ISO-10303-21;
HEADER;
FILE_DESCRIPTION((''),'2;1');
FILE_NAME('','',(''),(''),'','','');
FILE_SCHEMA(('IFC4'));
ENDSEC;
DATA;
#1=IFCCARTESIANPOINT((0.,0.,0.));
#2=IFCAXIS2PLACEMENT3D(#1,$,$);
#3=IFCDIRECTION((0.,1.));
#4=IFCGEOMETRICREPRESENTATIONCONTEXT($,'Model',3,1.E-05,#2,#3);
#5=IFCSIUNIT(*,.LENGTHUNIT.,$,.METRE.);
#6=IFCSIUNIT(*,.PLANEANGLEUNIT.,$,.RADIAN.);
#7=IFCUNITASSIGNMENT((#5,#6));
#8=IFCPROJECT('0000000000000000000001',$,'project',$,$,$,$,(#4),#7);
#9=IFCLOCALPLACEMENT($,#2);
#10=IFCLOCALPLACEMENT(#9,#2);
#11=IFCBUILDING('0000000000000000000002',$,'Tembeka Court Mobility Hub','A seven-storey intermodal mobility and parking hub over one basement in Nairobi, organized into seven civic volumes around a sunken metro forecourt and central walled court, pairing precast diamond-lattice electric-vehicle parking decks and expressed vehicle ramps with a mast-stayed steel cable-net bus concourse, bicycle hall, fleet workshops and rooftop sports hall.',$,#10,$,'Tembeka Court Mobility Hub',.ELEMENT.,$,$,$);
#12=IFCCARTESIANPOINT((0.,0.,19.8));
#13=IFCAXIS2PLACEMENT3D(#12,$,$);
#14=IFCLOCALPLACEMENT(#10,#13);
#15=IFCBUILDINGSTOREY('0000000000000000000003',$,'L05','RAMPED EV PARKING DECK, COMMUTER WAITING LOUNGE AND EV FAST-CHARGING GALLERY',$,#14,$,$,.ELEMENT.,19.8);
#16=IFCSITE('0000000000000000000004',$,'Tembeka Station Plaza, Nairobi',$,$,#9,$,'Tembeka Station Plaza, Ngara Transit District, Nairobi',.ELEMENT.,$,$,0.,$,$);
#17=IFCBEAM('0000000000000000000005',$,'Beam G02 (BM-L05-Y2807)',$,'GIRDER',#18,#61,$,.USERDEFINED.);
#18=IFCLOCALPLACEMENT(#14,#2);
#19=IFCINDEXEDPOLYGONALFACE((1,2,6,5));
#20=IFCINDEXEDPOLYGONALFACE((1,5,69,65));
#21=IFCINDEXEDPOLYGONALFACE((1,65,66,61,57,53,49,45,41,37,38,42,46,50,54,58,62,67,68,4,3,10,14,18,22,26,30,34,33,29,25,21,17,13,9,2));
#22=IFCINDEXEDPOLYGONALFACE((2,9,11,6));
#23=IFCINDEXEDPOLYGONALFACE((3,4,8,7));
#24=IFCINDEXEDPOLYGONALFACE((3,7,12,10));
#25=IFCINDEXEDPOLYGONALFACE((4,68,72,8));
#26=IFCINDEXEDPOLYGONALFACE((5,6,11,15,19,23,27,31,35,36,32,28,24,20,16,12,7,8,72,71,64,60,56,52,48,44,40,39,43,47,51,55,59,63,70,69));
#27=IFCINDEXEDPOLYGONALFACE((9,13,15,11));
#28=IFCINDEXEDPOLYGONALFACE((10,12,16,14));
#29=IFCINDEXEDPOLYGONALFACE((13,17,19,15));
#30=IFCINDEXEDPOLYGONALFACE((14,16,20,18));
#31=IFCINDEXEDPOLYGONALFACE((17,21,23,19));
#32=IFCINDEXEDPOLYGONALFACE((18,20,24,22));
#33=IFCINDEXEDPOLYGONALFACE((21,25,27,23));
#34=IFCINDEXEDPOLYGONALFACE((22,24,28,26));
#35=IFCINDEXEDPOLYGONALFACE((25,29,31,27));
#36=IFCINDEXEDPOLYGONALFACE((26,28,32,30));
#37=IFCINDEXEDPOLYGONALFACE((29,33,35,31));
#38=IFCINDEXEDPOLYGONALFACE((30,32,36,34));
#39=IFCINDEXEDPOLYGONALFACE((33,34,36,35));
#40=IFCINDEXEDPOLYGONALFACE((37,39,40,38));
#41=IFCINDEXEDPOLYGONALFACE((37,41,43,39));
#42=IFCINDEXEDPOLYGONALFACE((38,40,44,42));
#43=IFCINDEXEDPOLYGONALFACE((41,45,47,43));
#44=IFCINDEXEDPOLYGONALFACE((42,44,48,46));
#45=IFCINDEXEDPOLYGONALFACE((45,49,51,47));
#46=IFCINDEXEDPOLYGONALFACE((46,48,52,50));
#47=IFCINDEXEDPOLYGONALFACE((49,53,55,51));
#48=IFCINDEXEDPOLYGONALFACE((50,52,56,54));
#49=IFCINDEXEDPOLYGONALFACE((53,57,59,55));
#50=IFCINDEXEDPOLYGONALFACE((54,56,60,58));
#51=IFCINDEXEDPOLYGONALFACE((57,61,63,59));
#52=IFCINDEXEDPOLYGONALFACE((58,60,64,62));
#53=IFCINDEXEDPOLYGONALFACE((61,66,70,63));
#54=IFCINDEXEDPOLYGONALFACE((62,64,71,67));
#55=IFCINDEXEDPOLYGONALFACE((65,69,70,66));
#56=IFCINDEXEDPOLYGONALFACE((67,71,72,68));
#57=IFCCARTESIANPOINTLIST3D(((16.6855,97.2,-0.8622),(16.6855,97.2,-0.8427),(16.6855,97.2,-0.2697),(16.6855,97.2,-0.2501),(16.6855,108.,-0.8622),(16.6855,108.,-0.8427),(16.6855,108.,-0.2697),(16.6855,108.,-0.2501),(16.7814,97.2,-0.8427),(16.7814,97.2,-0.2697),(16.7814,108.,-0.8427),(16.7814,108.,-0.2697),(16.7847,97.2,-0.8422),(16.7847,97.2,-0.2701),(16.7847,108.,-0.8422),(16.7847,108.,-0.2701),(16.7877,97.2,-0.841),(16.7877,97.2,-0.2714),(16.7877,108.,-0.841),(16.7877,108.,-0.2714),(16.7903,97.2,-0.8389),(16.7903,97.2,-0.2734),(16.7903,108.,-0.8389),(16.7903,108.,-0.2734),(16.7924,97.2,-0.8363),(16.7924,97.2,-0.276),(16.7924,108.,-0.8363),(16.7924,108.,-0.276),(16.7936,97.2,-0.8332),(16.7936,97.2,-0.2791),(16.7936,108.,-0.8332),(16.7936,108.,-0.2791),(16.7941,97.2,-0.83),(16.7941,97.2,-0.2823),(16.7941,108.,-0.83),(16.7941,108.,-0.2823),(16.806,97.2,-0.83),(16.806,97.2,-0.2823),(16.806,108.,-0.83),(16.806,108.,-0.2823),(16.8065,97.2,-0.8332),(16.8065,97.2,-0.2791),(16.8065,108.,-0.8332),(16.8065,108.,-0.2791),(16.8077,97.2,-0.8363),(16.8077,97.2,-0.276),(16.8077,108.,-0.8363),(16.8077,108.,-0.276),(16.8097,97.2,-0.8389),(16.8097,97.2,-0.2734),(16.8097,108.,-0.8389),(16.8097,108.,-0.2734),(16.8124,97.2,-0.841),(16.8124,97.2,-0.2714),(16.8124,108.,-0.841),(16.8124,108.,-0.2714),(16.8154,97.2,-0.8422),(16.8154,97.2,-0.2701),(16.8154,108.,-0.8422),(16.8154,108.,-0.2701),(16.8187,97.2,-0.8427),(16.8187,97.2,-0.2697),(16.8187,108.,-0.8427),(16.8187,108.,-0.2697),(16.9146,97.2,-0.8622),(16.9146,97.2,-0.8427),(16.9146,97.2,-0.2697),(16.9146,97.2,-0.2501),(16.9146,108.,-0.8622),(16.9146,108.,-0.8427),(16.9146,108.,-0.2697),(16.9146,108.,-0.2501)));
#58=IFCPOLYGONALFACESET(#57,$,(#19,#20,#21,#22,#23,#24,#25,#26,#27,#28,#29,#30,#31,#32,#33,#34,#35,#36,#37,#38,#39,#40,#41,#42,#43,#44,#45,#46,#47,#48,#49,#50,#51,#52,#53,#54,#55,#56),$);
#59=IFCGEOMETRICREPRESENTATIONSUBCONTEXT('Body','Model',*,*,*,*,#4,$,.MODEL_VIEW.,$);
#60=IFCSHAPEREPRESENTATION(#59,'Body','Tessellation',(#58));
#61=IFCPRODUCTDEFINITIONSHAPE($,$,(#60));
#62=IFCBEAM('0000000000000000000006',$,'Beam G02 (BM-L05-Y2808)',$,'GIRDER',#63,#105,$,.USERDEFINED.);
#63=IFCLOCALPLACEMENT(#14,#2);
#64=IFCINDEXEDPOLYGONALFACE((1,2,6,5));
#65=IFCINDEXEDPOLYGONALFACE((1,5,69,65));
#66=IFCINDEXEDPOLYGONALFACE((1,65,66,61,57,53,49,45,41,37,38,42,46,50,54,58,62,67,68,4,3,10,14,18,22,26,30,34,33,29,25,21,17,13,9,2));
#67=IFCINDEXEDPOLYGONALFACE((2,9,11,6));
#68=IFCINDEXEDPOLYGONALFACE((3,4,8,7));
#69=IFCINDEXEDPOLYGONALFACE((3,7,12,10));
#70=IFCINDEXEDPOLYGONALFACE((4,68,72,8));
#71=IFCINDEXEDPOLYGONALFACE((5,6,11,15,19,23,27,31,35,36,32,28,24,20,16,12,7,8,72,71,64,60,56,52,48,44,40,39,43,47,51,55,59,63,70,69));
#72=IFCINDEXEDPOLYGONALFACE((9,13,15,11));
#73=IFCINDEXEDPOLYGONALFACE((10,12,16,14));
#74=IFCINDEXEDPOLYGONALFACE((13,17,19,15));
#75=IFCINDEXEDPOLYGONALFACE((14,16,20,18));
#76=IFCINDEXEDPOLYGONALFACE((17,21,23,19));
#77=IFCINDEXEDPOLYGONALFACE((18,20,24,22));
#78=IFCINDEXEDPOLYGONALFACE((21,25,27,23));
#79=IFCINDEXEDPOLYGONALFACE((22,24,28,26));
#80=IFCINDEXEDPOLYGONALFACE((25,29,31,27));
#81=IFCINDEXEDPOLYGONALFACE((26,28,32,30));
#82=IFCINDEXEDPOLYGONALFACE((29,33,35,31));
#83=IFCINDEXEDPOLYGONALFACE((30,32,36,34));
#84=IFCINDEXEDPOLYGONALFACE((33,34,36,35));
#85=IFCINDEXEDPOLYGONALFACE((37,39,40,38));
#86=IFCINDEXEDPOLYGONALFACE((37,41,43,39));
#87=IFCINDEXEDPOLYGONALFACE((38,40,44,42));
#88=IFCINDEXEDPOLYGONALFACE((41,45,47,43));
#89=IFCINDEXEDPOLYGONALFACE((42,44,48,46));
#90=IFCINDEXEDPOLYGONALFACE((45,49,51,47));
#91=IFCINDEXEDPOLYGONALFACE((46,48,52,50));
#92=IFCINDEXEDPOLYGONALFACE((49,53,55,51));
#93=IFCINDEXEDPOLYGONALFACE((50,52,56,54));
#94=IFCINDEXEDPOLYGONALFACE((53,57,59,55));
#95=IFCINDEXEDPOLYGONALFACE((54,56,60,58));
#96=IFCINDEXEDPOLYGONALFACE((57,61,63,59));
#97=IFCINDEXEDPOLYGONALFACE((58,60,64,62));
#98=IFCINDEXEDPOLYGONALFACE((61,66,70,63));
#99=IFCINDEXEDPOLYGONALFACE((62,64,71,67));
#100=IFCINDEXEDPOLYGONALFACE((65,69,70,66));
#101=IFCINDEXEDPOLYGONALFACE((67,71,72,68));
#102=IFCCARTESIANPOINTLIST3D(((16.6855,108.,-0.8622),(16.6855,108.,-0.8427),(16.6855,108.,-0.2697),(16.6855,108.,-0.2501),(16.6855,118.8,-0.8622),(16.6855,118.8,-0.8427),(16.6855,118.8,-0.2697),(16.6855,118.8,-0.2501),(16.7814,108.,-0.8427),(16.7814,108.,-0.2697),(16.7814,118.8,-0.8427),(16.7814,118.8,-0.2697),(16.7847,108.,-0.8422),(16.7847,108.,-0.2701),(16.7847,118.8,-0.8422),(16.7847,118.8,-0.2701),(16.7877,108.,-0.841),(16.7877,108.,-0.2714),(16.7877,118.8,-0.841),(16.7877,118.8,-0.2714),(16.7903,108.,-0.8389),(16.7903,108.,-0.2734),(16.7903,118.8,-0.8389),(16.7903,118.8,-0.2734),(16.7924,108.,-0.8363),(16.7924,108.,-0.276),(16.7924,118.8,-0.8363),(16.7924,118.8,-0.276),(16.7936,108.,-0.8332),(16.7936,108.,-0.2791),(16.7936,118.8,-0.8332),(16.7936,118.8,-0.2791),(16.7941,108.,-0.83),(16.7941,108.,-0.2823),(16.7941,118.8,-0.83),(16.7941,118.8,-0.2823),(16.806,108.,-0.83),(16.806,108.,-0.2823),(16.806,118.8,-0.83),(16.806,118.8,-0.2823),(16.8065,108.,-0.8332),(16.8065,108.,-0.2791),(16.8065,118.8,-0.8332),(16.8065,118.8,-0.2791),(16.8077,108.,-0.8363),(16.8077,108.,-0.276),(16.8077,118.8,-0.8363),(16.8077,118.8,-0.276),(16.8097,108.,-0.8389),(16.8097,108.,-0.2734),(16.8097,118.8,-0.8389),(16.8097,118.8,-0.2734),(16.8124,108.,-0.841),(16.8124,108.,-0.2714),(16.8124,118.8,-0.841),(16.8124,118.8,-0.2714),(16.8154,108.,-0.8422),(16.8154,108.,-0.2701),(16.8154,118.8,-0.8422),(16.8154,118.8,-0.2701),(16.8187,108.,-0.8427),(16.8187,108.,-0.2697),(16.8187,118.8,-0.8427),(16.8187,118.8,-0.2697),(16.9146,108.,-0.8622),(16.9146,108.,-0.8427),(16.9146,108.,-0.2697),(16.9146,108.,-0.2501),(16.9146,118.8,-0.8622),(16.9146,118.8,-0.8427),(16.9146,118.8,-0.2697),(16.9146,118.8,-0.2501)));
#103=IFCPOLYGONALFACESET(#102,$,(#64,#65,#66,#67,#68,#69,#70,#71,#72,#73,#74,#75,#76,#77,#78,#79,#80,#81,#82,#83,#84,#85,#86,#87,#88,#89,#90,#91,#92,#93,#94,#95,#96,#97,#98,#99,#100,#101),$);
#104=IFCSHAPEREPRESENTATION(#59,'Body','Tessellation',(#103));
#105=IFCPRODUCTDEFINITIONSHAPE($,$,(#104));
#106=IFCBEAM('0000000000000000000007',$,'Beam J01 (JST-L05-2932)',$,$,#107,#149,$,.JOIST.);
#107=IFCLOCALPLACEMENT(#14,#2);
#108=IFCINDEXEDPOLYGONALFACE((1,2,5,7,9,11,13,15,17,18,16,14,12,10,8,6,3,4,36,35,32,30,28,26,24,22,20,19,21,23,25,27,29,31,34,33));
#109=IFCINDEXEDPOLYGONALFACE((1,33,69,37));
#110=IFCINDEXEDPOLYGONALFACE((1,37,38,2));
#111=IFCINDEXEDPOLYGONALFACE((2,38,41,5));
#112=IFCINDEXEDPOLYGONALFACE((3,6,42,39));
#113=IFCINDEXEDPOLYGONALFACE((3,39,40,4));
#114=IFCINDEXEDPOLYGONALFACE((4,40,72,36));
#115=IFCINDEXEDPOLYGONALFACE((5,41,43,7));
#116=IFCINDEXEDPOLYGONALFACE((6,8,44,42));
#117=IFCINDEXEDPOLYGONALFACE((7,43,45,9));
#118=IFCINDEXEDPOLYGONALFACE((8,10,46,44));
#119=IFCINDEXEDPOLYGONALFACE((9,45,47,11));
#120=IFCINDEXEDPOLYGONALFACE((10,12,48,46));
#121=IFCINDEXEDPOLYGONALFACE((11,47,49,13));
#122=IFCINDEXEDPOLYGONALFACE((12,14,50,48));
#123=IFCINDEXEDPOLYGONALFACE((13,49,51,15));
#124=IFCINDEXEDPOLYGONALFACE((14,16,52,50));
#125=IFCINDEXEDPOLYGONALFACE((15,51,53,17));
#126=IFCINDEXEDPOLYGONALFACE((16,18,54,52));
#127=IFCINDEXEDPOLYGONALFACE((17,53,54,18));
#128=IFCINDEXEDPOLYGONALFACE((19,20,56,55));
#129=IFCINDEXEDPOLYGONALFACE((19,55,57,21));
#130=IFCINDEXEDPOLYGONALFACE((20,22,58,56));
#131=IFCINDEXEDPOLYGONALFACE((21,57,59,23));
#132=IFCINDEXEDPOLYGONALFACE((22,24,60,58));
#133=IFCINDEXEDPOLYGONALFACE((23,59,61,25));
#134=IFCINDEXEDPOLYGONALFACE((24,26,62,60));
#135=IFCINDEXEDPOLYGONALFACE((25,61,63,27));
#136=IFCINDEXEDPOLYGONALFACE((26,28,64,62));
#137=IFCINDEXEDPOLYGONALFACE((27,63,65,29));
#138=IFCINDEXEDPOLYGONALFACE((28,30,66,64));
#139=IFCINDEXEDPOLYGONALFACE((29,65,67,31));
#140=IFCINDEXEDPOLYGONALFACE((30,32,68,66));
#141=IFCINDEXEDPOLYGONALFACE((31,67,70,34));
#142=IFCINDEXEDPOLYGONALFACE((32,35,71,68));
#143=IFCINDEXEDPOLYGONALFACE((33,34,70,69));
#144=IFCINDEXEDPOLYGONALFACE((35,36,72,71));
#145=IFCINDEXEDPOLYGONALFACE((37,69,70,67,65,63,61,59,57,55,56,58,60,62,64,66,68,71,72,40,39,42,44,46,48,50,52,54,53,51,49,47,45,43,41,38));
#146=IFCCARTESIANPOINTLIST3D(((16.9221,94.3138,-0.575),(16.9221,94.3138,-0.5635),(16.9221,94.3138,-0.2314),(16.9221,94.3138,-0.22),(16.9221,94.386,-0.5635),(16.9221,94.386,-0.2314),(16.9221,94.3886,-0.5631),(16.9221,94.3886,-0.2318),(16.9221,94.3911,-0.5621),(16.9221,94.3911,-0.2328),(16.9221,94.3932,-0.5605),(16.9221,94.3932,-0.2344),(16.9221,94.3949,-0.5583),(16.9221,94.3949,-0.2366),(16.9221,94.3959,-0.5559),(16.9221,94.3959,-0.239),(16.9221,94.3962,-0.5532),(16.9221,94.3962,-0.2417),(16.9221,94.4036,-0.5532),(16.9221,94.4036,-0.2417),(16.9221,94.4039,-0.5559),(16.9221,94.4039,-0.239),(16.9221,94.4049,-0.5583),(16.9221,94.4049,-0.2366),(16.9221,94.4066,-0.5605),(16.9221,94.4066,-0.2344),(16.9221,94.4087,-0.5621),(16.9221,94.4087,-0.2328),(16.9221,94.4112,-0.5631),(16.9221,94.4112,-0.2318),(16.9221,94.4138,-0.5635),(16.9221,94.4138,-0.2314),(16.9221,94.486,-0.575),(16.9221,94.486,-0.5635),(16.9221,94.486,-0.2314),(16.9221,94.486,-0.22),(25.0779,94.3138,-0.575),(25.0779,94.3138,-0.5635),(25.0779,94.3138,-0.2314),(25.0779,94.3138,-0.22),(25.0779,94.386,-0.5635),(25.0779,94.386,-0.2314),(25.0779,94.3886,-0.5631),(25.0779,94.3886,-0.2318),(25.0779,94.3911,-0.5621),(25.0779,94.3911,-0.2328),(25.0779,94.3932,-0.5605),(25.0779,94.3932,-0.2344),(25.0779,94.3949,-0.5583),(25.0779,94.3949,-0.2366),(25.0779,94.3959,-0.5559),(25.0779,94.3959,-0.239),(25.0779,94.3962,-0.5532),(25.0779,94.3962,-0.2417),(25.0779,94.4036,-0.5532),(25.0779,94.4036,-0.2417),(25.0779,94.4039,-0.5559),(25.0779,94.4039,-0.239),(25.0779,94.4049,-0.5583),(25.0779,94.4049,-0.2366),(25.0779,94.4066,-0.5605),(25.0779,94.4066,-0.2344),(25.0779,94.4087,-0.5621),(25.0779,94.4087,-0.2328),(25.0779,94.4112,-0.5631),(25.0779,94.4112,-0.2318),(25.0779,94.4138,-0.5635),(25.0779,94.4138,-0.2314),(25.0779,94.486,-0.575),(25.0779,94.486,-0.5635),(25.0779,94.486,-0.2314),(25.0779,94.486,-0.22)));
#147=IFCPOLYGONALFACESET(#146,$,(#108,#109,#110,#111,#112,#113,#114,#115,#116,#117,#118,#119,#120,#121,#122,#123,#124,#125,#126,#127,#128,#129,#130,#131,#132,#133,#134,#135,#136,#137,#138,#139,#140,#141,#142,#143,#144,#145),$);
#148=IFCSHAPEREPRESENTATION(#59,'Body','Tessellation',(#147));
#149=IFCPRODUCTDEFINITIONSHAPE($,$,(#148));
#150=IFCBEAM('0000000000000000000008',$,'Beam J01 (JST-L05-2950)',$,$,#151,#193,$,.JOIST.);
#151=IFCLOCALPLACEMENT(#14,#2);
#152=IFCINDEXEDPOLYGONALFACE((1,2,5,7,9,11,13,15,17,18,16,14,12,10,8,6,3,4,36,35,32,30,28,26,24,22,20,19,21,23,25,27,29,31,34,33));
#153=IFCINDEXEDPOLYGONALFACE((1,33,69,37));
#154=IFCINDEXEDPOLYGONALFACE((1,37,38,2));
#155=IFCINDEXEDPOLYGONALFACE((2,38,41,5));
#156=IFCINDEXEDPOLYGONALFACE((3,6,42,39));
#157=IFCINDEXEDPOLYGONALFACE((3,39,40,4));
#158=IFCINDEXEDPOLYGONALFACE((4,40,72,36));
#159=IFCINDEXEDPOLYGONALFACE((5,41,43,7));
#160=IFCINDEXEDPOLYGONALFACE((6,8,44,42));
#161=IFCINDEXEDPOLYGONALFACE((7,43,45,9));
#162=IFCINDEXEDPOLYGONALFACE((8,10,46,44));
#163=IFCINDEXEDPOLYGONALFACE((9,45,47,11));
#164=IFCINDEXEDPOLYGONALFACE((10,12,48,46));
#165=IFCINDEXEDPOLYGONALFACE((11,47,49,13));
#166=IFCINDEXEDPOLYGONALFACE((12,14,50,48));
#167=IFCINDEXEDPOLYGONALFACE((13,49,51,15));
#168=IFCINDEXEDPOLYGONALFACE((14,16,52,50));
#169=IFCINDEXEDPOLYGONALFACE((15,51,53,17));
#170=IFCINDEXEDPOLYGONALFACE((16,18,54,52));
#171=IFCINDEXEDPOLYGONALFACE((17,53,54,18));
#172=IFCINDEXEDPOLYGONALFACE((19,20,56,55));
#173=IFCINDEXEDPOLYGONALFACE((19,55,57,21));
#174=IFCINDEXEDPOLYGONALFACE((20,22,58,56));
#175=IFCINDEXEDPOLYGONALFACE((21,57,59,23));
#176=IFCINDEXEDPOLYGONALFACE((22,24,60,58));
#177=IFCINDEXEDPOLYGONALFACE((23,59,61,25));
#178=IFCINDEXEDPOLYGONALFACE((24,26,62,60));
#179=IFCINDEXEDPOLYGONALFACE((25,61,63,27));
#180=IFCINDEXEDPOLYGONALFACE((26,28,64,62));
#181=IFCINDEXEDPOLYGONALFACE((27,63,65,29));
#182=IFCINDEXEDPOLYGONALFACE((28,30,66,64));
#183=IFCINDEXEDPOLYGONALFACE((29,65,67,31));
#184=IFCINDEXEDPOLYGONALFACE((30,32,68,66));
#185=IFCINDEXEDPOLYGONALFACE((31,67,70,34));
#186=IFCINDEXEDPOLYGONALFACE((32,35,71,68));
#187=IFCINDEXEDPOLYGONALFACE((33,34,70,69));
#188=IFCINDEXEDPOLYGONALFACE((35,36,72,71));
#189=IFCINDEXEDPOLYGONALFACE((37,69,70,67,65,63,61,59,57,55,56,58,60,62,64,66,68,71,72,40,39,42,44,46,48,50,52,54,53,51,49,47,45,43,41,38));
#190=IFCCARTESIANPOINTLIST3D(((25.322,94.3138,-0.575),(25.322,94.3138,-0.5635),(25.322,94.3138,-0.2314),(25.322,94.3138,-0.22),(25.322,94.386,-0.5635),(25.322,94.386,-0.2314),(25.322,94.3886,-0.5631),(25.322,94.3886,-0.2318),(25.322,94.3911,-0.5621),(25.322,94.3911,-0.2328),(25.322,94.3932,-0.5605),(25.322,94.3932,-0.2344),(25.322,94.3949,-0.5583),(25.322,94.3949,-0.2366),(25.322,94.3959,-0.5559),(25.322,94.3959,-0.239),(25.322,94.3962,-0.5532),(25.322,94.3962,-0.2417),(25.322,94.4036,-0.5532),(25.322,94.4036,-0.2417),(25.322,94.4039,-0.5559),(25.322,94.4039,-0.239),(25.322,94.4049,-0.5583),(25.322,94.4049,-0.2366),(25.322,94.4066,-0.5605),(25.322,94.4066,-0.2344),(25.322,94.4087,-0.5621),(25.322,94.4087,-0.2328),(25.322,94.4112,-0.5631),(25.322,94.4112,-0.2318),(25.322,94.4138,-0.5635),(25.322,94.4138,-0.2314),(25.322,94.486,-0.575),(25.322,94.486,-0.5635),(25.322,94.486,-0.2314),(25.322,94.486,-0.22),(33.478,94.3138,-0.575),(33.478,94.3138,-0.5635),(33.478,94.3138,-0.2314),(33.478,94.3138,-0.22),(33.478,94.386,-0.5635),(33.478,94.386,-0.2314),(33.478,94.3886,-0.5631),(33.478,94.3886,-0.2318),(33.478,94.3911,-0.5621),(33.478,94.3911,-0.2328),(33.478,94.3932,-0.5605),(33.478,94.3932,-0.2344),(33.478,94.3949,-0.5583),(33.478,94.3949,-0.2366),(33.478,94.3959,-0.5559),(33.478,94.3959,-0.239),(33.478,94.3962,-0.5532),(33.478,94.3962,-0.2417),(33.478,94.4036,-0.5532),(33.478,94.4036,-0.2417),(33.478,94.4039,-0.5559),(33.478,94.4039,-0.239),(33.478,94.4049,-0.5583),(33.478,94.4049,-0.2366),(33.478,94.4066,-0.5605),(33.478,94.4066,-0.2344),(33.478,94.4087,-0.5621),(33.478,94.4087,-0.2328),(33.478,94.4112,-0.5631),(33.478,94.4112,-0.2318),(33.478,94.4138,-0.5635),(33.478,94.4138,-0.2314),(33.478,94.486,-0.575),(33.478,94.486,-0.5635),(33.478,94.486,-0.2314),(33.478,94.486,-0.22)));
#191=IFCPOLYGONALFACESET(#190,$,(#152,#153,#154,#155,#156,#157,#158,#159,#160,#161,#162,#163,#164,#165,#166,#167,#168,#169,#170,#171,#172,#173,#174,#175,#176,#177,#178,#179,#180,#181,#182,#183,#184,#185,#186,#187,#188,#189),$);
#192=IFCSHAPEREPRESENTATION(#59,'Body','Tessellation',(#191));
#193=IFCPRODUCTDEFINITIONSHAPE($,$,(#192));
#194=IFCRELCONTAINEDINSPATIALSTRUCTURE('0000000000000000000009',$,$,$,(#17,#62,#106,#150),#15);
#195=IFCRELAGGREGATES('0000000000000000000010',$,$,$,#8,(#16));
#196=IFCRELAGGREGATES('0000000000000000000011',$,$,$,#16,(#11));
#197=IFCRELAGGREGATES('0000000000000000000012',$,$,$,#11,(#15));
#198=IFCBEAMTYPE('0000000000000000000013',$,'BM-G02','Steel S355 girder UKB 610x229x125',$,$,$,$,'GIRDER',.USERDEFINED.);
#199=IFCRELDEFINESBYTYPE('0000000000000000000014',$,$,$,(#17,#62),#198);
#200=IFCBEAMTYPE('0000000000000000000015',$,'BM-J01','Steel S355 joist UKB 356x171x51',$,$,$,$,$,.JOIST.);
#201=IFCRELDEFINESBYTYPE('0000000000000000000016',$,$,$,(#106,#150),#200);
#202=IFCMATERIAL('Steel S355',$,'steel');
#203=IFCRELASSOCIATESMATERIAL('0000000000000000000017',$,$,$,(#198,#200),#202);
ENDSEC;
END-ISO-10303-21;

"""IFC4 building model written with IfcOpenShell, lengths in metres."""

from ifc_helpers import new_model, si_unit, direction, frame, origin, origin_2d, place, context, subcontext, project, spatial, i_section, extrude, material, material_profile, profile_set, type_object, element, save


model = new_model("IFC4")

# Units and contexts
model_context = context("Model", 3, precision=1e-05, world=origin(), true_north=direction((0.0, 1.0)))
body_context = subcontext(model_context, "Body", "Model", "MODEL_VIEW")
ifc_project = project(units=[si_unit("LENGTHUNIT", "METRE"), si_unit("PLANEANGLEUNIT", "RADIAN")], contexts=[model_context])

# Site, building, storey
site_placement = place(None, origin())
site = spatial("IfcSite", under=ifc_project, at=site_placement, Name="Tembeka Station Plaza, Nairobi", LongName="Tembeka Station Plaza, Ngara Transit District, Nairobi", CompositionType="ELEMENT", RefElevation=0.0)
building_placement = place(site_placement, origin())
building = spatial("IfcBuilding", under=site, at=building_placement, Name="Tembeka Court Mobility Hub", Description="A seven-storey intermodal mobility and parking hub over one basement in Nairobi, organized into seven civic volumes around a sunken metro forecourt and central walled court, pairing precast diamond-lattice electric-vehicle parking decks and expressed vehicle ramps with a mast-stayed steel cable-net bus concourse, bicycle hall, fleet workshops and rooftop sports hall.", LongName="Tembeka Court Mobility Hub", CompositionType="ELEMENT")
storey_placement = place(building_placement, frame((0.0, 0.0, 19.8)))
storey = spatial("IfcBuildingStorey", under=building, at=storey_placement, Name="L05", Description="RAMPED EV PARKING DECK, COMMUTER WAITING LOUNGE AND EV FAST-CHARGING GALLERY", CompositionType="ELEMENT", Elevation=19.8)

# Shared definitions
ifc_material_1 = material(Name="Steel S355", Category="steel")

# Beams
ifc_material_profile_1 = material_profile(ifc_material_1, i_section(OverallWidth=0.229, OverallDepth=0.6121, WebThickness=0.012, FlangeThickness=0.0195, FilletRadius=0.0127, at=origin_2d()), Name="UKB 610x229x125")
ifc_profile_set_1 = profile_set([ifc_material_profile_1], Name="Steel S355")
beam_type_1 = type_object("IfcBeamType", Name="BM-G02", Description="Steel S355 girder UKB 610x229x125", ElementType="GIRDER", PredefinedType="USERDEFINED", material=ifc_profile_set_1)
for number, where, z_axis, x_axis, name in (
    (1, (16.8, 97.2, -0.5562), (0.0, 1.0, 0.0), (-1.0, 0.0, 0.0), "Beam G02 (BM-L05-Y2807)"),
    (2, (16.8, 108.0, -0.5562), (0.0, 1.0, 0.0), (-1.0, 0.0, 0.0), "Beam G02 (BM-L05-Y2808)"),
):
    element("IfcBeam", number, at=place(storey_placement, frame(where, z_axis=z_axis, x_axis=x_axis)), inside=storey, type_object=beam_type_1, Name=name, ObjectType="GIRDER", PredefinedType="USERDEFINED", context=body_context, shape_type="SweptSolid", body=[
        extrude(i_section(OverallWidth=0.229, OverallDepth=0.6121, WebThickness=0.012, FlangeThickness=0.0195, FilletRadius=0.0127, at=origin_2d()), origin(), (0.0, 0.0, 1.0), 10.8),
    ])
ifc_material_profile_2 = material_profile(ifc_material_1, i_section(OverallWidth=0.1721, OverallDepth=0.355, WebThickness=0.0073, FlangeThickness=0.0115, FilletRadius=0.0103, at=origin_2d()), Name="UKB 356x171x51")
ifc_profile_set_2 = profile_set([ifc_material_profile_2], Name="Steel S355")
beam_type_2 = type_object("IfcBeamType", Name="BM-J01", Description="Steel S355 joist UKB 356x171x51", PredefinedType="JOIST", material=ifc_profile_set_2)
beam_1_placement = place(storey_placement, frame((16.9221, 94.3999, -0.3975), z_axis=(1.0, 0.0, 0.0), x_axis=(0.0, 1.0, 0.0)))
element("IfcBeam", 3, at=beam_1_placement, inside=storey, type_object=beam_type_2, Name="Beam J01 (JST-L05-2932)", PredefinedType="JOIST", context=body_context, shape_type="SweptSolid", body=[
    extrude(i_section(OverallWidth=0.1721, OverallDepth=0.355, WebThickness=0.0073, FlangeThickness=0.0115, FilletRadius=0.0103, at=origin_2d()), origin(), (0.0, 0.0, 1.0), 8.1558),
])
beam_2_placement = place(storey_placement, frame((25.322, 94.3999, -0.3975), z_axis=(1.0, 0.0, 0.0), x_axis=(0.0, 1.0, 0.0)))
element("IfcBeam", 4, at=beam_2_placement, inside=storey, type_object=beam_type_2, Name="Beam J01 (JST-L05-2950)", PredefinedType="JOIST", context=body_context, shape_type="SweptSolid", body=[
    extrude(i_section(OverallWidth=0.1721, OverallDepth=0.355, WebThickness=0.0073, FlangeThickness=0.0115, FilletRadius=0.0103, at=origin_2d()), origin(), (0.0, 0.0, 1.0), 8.156),
])

save(model, "model.ifc")
